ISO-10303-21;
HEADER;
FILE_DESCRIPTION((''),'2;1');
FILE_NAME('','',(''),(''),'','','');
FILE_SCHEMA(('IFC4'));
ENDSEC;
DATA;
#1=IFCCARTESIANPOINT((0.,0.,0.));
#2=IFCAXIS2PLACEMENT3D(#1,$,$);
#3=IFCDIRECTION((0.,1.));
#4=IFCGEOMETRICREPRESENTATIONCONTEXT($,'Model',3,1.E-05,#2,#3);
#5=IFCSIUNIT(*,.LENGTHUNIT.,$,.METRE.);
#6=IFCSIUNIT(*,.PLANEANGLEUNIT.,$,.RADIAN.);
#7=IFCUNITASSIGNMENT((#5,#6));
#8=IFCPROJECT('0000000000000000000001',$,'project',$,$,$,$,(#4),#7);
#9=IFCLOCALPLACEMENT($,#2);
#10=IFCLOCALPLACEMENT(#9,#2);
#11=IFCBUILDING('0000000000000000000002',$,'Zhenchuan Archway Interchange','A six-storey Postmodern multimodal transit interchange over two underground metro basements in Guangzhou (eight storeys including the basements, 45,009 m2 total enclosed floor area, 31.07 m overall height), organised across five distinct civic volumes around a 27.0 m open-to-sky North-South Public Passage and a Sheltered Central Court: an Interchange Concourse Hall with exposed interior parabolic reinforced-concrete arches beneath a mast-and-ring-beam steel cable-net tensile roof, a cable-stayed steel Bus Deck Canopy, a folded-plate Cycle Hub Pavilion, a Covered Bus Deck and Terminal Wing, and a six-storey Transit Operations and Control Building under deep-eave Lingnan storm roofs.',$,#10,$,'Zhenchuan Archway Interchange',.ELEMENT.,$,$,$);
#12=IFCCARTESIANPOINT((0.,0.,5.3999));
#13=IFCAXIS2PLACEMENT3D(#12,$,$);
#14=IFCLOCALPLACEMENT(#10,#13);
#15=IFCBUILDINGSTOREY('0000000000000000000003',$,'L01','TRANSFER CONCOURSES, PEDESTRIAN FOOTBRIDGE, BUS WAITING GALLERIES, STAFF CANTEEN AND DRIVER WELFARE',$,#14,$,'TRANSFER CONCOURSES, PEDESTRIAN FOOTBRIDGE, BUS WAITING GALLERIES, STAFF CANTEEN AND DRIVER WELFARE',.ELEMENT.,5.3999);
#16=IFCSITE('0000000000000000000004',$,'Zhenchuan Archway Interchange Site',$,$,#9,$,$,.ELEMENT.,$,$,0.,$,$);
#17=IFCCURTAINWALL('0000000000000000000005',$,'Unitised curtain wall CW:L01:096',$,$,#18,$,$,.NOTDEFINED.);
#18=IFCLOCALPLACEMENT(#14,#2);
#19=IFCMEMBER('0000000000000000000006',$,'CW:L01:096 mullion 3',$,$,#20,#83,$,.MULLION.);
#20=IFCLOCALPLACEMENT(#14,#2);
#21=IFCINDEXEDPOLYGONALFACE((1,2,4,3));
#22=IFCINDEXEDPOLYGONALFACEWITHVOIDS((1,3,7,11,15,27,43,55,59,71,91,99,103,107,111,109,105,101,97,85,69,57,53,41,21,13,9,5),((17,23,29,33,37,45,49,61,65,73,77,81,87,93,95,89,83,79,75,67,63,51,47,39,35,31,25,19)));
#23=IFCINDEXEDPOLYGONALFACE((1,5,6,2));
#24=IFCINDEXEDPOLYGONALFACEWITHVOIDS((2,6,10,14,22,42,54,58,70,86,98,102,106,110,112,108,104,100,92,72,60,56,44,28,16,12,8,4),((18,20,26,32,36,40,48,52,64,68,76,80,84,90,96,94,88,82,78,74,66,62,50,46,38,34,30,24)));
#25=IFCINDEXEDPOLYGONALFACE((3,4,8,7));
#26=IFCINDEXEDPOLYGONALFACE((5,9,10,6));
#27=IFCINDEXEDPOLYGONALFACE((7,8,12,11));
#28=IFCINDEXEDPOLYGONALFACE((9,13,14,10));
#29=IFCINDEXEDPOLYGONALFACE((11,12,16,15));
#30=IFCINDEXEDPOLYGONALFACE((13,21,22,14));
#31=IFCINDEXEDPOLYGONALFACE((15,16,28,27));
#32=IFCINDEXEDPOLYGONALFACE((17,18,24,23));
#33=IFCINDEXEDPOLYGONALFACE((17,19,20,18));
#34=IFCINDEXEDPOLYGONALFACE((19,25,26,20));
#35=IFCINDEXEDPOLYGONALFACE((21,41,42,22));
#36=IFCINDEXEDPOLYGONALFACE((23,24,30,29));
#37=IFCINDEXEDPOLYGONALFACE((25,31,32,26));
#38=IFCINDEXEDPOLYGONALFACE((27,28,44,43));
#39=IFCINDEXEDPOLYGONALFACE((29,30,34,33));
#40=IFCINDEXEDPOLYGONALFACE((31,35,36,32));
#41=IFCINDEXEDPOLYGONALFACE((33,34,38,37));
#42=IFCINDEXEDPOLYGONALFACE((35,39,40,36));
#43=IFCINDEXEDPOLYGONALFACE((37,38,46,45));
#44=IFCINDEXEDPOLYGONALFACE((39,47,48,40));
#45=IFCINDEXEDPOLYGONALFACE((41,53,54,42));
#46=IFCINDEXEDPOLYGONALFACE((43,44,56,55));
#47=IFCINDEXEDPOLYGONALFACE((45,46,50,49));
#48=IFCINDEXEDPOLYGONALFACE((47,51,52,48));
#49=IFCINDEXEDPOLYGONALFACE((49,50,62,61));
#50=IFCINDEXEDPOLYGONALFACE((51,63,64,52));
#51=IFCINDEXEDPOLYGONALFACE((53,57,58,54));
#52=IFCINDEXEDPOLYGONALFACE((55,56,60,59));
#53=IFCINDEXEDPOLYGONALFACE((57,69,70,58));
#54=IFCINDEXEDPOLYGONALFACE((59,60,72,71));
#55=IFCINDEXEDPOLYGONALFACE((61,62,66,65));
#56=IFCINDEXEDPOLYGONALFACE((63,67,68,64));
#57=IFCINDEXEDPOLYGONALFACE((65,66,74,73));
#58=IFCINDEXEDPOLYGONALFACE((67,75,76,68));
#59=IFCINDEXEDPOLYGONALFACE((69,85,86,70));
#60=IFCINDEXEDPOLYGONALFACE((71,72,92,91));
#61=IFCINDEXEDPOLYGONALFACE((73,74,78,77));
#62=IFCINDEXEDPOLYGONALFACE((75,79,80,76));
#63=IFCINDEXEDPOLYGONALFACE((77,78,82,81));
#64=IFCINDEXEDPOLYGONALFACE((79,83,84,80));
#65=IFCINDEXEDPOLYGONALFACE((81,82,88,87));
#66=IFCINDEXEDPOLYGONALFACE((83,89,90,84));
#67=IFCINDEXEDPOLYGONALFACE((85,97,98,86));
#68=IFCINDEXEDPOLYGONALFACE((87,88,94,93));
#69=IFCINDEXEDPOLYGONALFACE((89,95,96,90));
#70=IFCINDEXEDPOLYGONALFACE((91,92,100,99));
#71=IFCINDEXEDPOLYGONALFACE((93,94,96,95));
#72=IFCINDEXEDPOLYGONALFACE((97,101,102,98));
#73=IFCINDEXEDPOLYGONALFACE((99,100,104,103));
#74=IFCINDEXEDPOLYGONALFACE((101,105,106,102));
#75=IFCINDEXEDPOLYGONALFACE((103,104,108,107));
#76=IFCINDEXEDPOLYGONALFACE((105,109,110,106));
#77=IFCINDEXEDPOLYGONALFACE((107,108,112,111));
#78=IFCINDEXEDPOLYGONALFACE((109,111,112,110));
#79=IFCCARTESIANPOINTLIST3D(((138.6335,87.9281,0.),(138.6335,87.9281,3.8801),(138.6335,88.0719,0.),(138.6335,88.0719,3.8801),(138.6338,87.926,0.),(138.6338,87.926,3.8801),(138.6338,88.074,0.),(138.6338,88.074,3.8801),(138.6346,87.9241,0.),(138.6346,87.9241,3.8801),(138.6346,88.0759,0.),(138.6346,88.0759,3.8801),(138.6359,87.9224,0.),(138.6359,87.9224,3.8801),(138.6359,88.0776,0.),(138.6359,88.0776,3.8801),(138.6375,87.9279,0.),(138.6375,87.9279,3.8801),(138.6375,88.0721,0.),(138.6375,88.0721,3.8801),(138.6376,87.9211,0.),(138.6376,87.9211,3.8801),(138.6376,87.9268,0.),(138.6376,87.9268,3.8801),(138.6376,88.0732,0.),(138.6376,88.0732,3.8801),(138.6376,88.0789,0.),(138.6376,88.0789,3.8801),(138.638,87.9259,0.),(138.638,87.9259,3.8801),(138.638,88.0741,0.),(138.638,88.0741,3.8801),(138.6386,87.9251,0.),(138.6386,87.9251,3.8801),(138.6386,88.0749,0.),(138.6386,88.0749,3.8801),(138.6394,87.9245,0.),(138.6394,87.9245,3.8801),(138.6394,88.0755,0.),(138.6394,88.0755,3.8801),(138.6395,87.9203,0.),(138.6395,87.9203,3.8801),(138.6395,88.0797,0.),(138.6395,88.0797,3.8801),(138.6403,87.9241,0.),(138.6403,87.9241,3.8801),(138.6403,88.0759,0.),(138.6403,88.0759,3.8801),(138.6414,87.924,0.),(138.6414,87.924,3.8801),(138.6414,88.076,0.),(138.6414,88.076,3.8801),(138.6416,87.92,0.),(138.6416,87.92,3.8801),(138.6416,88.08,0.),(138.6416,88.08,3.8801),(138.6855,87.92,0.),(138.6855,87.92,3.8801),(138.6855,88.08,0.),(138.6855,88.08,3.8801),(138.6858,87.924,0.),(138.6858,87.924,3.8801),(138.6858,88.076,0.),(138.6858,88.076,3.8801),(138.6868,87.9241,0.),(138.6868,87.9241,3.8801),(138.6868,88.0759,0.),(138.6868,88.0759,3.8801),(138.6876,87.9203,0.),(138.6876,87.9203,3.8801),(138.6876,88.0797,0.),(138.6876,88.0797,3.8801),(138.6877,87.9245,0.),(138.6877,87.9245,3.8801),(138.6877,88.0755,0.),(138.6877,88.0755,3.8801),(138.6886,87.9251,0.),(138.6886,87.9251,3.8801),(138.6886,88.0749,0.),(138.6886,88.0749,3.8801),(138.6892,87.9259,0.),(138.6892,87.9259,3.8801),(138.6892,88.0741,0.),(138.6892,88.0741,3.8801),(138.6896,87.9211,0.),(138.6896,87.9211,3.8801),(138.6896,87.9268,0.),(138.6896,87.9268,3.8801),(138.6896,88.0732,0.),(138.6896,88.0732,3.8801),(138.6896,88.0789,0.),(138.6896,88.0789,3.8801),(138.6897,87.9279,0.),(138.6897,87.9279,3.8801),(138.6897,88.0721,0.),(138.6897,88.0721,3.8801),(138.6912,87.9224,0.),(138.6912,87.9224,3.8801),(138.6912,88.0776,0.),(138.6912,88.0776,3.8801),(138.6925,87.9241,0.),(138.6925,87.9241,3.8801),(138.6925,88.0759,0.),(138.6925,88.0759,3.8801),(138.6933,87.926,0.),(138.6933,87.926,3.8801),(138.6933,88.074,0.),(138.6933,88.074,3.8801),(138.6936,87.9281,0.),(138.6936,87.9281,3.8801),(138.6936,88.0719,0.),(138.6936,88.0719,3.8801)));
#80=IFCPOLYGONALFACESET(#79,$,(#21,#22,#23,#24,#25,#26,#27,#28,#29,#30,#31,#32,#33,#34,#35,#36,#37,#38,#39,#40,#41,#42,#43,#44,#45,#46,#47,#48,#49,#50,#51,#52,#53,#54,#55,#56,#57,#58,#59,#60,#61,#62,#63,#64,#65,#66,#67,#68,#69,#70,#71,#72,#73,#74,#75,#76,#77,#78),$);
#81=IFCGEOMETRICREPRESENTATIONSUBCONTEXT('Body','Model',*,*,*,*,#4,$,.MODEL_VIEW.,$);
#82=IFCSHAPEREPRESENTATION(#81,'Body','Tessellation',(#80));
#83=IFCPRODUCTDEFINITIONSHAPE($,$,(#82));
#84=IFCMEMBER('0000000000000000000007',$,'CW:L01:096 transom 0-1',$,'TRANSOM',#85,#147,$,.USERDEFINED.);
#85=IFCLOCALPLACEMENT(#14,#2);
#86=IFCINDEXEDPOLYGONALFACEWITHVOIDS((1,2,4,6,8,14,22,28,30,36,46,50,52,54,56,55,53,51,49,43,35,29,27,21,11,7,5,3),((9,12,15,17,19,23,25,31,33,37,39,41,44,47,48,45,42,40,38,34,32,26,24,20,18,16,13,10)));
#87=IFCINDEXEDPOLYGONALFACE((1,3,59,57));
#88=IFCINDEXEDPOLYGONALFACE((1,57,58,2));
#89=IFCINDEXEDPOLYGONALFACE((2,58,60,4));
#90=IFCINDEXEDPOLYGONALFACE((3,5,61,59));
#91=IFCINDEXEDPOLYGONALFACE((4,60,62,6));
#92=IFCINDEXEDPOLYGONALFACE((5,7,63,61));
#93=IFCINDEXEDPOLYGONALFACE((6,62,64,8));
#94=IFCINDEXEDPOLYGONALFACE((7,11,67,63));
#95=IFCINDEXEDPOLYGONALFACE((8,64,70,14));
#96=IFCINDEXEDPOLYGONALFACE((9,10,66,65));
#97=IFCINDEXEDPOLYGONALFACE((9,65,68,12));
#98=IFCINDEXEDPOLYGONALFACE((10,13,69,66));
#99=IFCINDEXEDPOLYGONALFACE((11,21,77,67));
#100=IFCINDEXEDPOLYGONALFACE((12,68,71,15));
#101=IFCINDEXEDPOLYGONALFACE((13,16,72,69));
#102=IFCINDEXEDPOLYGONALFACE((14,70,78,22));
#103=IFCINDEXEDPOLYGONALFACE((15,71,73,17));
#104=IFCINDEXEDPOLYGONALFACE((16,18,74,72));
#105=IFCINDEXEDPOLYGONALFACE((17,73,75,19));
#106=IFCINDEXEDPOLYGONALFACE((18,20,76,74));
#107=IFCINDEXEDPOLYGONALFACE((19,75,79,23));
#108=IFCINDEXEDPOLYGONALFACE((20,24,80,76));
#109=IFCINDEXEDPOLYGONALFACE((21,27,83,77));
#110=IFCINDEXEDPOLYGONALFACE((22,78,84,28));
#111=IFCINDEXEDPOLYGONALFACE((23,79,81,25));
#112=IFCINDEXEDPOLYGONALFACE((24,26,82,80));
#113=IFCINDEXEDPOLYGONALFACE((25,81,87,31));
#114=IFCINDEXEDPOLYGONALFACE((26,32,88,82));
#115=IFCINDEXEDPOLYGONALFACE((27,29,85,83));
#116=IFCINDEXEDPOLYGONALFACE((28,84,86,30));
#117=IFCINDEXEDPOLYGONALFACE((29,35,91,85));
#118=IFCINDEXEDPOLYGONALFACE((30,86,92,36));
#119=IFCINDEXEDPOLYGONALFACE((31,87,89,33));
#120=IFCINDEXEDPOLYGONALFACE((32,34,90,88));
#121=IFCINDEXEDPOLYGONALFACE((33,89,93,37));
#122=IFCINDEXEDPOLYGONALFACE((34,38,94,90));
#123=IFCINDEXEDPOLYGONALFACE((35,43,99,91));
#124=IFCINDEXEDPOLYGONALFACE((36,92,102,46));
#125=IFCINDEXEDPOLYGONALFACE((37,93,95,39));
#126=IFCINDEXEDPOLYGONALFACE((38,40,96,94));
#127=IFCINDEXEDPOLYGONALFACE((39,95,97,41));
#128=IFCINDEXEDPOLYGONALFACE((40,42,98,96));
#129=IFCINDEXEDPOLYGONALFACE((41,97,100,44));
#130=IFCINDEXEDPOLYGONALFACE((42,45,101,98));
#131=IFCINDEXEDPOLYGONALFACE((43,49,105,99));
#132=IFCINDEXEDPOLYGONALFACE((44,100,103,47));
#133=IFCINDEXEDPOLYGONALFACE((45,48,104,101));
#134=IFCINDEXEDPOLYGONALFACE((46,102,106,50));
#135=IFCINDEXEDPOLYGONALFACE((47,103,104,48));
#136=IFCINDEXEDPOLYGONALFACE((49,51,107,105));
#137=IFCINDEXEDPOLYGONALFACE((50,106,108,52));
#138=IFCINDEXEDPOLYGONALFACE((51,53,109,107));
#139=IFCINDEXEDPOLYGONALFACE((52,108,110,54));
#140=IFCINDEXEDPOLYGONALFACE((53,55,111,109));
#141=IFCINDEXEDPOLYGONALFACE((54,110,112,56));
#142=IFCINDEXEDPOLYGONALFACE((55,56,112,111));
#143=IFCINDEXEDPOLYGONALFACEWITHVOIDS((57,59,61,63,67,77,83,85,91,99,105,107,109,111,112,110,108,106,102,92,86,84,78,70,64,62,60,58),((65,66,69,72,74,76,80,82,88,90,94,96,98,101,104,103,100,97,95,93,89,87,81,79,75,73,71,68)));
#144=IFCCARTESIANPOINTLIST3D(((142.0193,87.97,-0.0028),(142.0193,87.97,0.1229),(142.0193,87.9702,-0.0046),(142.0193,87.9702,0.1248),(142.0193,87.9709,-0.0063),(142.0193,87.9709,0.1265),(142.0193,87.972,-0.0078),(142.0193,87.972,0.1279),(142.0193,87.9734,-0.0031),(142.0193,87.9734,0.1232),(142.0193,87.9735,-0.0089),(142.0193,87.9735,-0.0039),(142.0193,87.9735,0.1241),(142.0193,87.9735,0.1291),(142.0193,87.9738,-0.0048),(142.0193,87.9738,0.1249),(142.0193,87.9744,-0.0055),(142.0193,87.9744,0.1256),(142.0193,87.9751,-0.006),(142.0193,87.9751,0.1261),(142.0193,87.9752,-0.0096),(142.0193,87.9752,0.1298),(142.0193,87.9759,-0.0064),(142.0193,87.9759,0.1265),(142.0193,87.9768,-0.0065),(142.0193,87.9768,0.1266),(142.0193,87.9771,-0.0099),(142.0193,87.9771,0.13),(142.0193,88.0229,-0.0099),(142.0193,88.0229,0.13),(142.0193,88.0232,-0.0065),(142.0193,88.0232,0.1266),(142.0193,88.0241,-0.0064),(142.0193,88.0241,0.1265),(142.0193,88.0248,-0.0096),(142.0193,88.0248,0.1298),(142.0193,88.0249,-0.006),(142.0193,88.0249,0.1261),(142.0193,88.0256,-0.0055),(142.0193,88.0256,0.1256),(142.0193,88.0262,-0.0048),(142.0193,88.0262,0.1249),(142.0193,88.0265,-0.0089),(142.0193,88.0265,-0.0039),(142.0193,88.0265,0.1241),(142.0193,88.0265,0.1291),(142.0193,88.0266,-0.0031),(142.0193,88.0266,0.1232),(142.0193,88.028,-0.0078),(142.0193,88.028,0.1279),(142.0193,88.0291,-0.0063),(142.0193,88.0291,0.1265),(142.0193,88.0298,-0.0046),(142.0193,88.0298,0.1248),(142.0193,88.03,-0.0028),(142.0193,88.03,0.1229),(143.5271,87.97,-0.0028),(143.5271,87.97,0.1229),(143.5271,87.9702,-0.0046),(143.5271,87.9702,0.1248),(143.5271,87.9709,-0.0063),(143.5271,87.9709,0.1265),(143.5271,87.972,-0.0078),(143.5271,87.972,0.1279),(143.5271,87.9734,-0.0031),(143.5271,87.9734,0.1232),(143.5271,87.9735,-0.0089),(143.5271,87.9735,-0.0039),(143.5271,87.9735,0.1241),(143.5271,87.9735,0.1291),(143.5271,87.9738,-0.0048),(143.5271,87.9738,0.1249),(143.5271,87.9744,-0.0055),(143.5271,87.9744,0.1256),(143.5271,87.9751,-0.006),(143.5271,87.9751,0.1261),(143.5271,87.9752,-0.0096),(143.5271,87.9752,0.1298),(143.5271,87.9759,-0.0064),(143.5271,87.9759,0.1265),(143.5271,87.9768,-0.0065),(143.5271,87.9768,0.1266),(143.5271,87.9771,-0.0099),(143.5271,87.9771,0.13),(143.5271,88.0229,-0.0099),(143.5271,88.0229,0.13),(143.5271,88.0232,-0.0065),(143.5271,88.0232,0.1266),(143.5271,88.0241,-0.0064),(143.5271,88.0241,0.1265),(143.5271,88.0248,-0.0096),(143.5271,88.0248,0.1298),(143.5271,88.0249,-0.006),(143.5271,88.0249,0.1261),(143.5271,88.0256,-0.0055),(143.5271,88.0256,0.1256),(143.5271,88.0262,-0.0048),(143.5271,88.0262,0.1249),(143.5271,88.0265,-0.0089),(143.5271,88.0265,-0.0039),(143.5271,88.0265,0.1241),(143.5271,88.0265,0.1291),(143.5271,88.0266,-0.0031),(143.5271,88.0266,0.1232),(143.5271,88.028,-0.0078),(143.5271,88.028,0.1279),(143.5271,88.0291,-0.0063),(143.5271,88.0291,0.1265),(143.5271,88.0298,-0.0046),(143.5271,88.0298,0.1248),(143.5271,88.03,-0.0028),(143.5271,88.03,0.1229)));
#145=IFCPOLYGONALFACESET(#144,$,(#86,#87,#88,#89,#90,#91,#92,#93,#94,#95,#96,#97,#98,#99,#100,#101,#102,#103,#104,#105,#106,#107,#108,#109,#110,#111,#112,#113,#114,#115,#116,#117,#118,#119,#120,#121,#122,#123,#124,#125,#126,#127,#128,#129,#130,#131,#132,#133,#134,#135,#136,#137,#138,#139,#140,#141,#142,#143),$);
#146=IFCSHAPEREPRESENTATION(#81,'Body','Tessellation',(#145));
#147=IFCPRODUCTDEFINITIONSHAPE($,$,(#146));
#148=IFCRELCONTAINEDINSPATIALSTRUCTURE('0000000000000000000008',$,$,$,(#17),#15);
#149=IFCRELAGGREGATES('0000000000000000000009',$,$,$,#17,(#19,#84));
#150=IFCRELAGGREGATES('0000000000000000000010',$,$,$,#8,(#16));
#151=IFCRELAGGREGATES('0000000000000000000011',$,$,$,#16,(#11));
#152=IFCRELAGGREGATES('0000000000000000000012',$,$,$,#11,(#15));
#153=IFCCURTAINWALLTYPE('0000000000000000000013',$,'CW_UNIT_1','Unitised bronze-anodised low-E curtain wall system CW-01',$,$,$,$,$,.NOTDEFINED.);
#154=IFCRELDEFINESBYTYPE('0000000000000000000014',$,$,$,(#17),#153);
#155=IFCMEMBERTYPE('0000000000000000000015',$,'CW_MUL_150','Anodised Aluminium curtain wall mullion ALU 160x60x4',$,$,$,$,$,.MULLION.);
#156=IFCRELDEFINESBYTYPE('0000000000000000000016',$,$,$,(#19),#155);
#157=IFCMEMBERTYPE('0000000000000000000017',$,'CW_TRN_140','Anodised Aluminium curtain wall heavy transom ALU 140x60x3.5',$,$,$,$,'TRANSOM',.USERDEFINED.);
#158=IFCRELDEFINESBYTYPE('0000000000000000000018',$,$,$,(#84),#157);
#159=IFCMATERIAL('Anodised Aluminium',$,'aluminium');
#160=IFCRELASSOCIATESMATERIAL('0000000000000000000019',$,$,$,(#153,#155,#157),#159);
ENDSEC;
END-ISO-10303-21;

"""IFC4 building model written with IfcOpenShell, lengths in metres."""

from ifc_helpers import new_model, si_unit, direction, frame, origin, origin_2d, place, context, subcontext, project, spatial, hollow_rectangle, extrude, material, material_profile, profile_set, type_object, element, aggregate, save


model = new_model("IFC4")

# Units and contexts
model_context = context("Model", 3, precision=1e-05, world=origin(), true_north=direction((0.0, 1.0)))
body_context = subcontext(model_context, "Body", "Model", "MODEL_VIEW")
ifc_project = project(units=[si_unit("LENGTHUNIT", "METRE"), si_unit("PLANEANGLEUNIT", "RADIAN")], contexts=[model_context])

# Site, building, storey
site_placement = place(None, origin())
site = spatial("IfcSite", under=ifc_project, at=site_placement, Name="Zhenchuan Archway Interchange Site", CompositionType="ELEMENT", RefElevation=0.0)
building_placement = place(site_placement, origin())
building = spatial("IfcBuilding", under=site, at=building_placement, Name="Zhenchuan Archway Interchange", Description="A six-storey Postmodern multimodal transit interchange over two underground metro basements in Guangzhou (eight storeys including the basements, 45,009 m2 total enclosed floor area, 31.07 m overall height), organised across five distinct civic volumes around a 27.0 m open-to-sky North-South Public Passage and a Sheltered Central Court: an Interchange Concourse Hall with exposed interior parabolic reinforced-concrete arches beneath a mast-and-ring-beam steel cable-net tensile roof, a cable-stayed steel Bus Deck Canopy, a folded-plate Cycle Hub Pavilion, a Covered Bus Deck and Terminal Wing, and a six-storey Transit Operations and Control Building under deep-eave Lingnan storm roofs.", LongName="Zhenchuan Archway Interchange", CompositionType="ELEMENT")
storey_placement = place(building_placement, frame((0.0, 0.0, 5.3999)))
storey = spatial("IfcBuildingStorey", under=building, at=storey_placement, Name="L01", Description="TRANSFER CONCOURSES, PEDESTRIAN FOOTBRIDGE, BUS WAITING GALLERIES, STAFF CANTEEN AND DRIVER WELFARE", LongName="TRANSFER CONCOURSES, PEDESTRIAN FOOTBRIDGE, BUS WAITING GALLERIES, STAFF CANTEEN AND DRIVER WELFARE", CompositionType="ELEMENT", Elevation=5.3999)

# Curtain wall, members
ifc_material_1 = material(Name="Anodised Aluminium", Category="aluminium")
curtain_wall_type = type_object("IfcCurtainWallType", Name="CW_UNIT_1", Description="Unitised bronze-anodised low-E curtain wall system CW-01", PredefinedType="NOTDEFINED", material=ifc_material_1)
curtain_wall_placement = place(storey_placement, origin())
curtain_wall = element("IfcCurtainWall", 1, at=curtain_wall_placement, inside=storey, type_object=curtain_wall_type, Name="Unitised curtain wall CW:L01:096", PredefinedType="NOTDEFINED")
ifc_material_profile_1 = material_profile(ifc_material_1, hollow_rectangle(XDim=0.0601, YDim=0.1599, WallThickness=0.0039, InnerFilletRadius=0.0039, OuterFilletRadius=0.0081, at=origin_2d()), Name="ALU 160x60x4")
ifc_profile_set_1 = profile_set([ifc_material_profile_1], Name="Anodised Aluminium")
member_type_1 = type_object("IfcMemberType", Name="CW_MUL_150", Description="Anodised Aluminium curtain wall mullion ALU 160x60x4", PredefinedType="MULLION", material=ifc_profile_set_1)
member_1_placement = place(storey_placement, frame((138.6636, 88.0, 0.0), z_axis=(0.0, 0.0, 1.0), x_axis=(1.0, 0.0, 0.0)))
member_1 = element("IfcMember", 2, at=member_1_placement, type_object=member_type_1, Name="CW:L01:096 mullion 3", PredefinedType="MULLION", context=body_context, shape_type="SweptSolid", body=[
    extrude(hollow_rectangle(XDim=0.0601, YDim=0.1599, WallThickness=0.0039, InnerFilletRadius=0.0039, OuterFilletRadius=0.0081, at=origin_2d()), origin(), (0.0, 0.0, 1.0), 3.8801),
])
ifc_material_profile_2 = material_profile(ifc_material_1, hollow_rectangle(XDim=0.0601, YDim=0.1399, WallThickness=0.0034, InnerFilletRadius=0.0034, OuterFilletRadius=0.0071, at=origin_2d()), Name="ALU 140x60x3.5")
ifc_profile_set_2 = profile_set([ifc_material_profile_2], Name="Anodised Aluminium")
member_type_2 = type_object("IfcMemberType", Name="CW_TRN_140", Description="Anodised Aluminium curtain wall heavy transom ALU 140x60x3.5", ElementType="TRANSOM", PredefinedType="USERDEFINED", material=ifc_profile_set_2)
member_2_placement = place(storey_placement, frame((143.5271, 88.0, 0.0601), z_axis=(-1.0, 0.0, 0.0), x_axis=(0.0, -1.0, 0.0)))
member_2 = element("IfcMember", 3, at=member_2_placement, type_object=member_type_2, Name="CW:L01:096 transom 0-1", ObjectType="TRANSOM", PredefinedType="USERDEFINED", context=body_context, shape_type="SweptSolid", body=[
    extrude(hollow_rectangle(XDim=0.0601, YDim=0.1399, WallThickness=0.0034, InnerFilletRadius=0.0034, OuterFilletRadius=0.0071, at=origin_2d()), origin(), (0.0, 0.0, 1.0), 1.5078),
])

aggregate(curtain_wall, [member_1, member_2])

save(model, "model.ifc")
